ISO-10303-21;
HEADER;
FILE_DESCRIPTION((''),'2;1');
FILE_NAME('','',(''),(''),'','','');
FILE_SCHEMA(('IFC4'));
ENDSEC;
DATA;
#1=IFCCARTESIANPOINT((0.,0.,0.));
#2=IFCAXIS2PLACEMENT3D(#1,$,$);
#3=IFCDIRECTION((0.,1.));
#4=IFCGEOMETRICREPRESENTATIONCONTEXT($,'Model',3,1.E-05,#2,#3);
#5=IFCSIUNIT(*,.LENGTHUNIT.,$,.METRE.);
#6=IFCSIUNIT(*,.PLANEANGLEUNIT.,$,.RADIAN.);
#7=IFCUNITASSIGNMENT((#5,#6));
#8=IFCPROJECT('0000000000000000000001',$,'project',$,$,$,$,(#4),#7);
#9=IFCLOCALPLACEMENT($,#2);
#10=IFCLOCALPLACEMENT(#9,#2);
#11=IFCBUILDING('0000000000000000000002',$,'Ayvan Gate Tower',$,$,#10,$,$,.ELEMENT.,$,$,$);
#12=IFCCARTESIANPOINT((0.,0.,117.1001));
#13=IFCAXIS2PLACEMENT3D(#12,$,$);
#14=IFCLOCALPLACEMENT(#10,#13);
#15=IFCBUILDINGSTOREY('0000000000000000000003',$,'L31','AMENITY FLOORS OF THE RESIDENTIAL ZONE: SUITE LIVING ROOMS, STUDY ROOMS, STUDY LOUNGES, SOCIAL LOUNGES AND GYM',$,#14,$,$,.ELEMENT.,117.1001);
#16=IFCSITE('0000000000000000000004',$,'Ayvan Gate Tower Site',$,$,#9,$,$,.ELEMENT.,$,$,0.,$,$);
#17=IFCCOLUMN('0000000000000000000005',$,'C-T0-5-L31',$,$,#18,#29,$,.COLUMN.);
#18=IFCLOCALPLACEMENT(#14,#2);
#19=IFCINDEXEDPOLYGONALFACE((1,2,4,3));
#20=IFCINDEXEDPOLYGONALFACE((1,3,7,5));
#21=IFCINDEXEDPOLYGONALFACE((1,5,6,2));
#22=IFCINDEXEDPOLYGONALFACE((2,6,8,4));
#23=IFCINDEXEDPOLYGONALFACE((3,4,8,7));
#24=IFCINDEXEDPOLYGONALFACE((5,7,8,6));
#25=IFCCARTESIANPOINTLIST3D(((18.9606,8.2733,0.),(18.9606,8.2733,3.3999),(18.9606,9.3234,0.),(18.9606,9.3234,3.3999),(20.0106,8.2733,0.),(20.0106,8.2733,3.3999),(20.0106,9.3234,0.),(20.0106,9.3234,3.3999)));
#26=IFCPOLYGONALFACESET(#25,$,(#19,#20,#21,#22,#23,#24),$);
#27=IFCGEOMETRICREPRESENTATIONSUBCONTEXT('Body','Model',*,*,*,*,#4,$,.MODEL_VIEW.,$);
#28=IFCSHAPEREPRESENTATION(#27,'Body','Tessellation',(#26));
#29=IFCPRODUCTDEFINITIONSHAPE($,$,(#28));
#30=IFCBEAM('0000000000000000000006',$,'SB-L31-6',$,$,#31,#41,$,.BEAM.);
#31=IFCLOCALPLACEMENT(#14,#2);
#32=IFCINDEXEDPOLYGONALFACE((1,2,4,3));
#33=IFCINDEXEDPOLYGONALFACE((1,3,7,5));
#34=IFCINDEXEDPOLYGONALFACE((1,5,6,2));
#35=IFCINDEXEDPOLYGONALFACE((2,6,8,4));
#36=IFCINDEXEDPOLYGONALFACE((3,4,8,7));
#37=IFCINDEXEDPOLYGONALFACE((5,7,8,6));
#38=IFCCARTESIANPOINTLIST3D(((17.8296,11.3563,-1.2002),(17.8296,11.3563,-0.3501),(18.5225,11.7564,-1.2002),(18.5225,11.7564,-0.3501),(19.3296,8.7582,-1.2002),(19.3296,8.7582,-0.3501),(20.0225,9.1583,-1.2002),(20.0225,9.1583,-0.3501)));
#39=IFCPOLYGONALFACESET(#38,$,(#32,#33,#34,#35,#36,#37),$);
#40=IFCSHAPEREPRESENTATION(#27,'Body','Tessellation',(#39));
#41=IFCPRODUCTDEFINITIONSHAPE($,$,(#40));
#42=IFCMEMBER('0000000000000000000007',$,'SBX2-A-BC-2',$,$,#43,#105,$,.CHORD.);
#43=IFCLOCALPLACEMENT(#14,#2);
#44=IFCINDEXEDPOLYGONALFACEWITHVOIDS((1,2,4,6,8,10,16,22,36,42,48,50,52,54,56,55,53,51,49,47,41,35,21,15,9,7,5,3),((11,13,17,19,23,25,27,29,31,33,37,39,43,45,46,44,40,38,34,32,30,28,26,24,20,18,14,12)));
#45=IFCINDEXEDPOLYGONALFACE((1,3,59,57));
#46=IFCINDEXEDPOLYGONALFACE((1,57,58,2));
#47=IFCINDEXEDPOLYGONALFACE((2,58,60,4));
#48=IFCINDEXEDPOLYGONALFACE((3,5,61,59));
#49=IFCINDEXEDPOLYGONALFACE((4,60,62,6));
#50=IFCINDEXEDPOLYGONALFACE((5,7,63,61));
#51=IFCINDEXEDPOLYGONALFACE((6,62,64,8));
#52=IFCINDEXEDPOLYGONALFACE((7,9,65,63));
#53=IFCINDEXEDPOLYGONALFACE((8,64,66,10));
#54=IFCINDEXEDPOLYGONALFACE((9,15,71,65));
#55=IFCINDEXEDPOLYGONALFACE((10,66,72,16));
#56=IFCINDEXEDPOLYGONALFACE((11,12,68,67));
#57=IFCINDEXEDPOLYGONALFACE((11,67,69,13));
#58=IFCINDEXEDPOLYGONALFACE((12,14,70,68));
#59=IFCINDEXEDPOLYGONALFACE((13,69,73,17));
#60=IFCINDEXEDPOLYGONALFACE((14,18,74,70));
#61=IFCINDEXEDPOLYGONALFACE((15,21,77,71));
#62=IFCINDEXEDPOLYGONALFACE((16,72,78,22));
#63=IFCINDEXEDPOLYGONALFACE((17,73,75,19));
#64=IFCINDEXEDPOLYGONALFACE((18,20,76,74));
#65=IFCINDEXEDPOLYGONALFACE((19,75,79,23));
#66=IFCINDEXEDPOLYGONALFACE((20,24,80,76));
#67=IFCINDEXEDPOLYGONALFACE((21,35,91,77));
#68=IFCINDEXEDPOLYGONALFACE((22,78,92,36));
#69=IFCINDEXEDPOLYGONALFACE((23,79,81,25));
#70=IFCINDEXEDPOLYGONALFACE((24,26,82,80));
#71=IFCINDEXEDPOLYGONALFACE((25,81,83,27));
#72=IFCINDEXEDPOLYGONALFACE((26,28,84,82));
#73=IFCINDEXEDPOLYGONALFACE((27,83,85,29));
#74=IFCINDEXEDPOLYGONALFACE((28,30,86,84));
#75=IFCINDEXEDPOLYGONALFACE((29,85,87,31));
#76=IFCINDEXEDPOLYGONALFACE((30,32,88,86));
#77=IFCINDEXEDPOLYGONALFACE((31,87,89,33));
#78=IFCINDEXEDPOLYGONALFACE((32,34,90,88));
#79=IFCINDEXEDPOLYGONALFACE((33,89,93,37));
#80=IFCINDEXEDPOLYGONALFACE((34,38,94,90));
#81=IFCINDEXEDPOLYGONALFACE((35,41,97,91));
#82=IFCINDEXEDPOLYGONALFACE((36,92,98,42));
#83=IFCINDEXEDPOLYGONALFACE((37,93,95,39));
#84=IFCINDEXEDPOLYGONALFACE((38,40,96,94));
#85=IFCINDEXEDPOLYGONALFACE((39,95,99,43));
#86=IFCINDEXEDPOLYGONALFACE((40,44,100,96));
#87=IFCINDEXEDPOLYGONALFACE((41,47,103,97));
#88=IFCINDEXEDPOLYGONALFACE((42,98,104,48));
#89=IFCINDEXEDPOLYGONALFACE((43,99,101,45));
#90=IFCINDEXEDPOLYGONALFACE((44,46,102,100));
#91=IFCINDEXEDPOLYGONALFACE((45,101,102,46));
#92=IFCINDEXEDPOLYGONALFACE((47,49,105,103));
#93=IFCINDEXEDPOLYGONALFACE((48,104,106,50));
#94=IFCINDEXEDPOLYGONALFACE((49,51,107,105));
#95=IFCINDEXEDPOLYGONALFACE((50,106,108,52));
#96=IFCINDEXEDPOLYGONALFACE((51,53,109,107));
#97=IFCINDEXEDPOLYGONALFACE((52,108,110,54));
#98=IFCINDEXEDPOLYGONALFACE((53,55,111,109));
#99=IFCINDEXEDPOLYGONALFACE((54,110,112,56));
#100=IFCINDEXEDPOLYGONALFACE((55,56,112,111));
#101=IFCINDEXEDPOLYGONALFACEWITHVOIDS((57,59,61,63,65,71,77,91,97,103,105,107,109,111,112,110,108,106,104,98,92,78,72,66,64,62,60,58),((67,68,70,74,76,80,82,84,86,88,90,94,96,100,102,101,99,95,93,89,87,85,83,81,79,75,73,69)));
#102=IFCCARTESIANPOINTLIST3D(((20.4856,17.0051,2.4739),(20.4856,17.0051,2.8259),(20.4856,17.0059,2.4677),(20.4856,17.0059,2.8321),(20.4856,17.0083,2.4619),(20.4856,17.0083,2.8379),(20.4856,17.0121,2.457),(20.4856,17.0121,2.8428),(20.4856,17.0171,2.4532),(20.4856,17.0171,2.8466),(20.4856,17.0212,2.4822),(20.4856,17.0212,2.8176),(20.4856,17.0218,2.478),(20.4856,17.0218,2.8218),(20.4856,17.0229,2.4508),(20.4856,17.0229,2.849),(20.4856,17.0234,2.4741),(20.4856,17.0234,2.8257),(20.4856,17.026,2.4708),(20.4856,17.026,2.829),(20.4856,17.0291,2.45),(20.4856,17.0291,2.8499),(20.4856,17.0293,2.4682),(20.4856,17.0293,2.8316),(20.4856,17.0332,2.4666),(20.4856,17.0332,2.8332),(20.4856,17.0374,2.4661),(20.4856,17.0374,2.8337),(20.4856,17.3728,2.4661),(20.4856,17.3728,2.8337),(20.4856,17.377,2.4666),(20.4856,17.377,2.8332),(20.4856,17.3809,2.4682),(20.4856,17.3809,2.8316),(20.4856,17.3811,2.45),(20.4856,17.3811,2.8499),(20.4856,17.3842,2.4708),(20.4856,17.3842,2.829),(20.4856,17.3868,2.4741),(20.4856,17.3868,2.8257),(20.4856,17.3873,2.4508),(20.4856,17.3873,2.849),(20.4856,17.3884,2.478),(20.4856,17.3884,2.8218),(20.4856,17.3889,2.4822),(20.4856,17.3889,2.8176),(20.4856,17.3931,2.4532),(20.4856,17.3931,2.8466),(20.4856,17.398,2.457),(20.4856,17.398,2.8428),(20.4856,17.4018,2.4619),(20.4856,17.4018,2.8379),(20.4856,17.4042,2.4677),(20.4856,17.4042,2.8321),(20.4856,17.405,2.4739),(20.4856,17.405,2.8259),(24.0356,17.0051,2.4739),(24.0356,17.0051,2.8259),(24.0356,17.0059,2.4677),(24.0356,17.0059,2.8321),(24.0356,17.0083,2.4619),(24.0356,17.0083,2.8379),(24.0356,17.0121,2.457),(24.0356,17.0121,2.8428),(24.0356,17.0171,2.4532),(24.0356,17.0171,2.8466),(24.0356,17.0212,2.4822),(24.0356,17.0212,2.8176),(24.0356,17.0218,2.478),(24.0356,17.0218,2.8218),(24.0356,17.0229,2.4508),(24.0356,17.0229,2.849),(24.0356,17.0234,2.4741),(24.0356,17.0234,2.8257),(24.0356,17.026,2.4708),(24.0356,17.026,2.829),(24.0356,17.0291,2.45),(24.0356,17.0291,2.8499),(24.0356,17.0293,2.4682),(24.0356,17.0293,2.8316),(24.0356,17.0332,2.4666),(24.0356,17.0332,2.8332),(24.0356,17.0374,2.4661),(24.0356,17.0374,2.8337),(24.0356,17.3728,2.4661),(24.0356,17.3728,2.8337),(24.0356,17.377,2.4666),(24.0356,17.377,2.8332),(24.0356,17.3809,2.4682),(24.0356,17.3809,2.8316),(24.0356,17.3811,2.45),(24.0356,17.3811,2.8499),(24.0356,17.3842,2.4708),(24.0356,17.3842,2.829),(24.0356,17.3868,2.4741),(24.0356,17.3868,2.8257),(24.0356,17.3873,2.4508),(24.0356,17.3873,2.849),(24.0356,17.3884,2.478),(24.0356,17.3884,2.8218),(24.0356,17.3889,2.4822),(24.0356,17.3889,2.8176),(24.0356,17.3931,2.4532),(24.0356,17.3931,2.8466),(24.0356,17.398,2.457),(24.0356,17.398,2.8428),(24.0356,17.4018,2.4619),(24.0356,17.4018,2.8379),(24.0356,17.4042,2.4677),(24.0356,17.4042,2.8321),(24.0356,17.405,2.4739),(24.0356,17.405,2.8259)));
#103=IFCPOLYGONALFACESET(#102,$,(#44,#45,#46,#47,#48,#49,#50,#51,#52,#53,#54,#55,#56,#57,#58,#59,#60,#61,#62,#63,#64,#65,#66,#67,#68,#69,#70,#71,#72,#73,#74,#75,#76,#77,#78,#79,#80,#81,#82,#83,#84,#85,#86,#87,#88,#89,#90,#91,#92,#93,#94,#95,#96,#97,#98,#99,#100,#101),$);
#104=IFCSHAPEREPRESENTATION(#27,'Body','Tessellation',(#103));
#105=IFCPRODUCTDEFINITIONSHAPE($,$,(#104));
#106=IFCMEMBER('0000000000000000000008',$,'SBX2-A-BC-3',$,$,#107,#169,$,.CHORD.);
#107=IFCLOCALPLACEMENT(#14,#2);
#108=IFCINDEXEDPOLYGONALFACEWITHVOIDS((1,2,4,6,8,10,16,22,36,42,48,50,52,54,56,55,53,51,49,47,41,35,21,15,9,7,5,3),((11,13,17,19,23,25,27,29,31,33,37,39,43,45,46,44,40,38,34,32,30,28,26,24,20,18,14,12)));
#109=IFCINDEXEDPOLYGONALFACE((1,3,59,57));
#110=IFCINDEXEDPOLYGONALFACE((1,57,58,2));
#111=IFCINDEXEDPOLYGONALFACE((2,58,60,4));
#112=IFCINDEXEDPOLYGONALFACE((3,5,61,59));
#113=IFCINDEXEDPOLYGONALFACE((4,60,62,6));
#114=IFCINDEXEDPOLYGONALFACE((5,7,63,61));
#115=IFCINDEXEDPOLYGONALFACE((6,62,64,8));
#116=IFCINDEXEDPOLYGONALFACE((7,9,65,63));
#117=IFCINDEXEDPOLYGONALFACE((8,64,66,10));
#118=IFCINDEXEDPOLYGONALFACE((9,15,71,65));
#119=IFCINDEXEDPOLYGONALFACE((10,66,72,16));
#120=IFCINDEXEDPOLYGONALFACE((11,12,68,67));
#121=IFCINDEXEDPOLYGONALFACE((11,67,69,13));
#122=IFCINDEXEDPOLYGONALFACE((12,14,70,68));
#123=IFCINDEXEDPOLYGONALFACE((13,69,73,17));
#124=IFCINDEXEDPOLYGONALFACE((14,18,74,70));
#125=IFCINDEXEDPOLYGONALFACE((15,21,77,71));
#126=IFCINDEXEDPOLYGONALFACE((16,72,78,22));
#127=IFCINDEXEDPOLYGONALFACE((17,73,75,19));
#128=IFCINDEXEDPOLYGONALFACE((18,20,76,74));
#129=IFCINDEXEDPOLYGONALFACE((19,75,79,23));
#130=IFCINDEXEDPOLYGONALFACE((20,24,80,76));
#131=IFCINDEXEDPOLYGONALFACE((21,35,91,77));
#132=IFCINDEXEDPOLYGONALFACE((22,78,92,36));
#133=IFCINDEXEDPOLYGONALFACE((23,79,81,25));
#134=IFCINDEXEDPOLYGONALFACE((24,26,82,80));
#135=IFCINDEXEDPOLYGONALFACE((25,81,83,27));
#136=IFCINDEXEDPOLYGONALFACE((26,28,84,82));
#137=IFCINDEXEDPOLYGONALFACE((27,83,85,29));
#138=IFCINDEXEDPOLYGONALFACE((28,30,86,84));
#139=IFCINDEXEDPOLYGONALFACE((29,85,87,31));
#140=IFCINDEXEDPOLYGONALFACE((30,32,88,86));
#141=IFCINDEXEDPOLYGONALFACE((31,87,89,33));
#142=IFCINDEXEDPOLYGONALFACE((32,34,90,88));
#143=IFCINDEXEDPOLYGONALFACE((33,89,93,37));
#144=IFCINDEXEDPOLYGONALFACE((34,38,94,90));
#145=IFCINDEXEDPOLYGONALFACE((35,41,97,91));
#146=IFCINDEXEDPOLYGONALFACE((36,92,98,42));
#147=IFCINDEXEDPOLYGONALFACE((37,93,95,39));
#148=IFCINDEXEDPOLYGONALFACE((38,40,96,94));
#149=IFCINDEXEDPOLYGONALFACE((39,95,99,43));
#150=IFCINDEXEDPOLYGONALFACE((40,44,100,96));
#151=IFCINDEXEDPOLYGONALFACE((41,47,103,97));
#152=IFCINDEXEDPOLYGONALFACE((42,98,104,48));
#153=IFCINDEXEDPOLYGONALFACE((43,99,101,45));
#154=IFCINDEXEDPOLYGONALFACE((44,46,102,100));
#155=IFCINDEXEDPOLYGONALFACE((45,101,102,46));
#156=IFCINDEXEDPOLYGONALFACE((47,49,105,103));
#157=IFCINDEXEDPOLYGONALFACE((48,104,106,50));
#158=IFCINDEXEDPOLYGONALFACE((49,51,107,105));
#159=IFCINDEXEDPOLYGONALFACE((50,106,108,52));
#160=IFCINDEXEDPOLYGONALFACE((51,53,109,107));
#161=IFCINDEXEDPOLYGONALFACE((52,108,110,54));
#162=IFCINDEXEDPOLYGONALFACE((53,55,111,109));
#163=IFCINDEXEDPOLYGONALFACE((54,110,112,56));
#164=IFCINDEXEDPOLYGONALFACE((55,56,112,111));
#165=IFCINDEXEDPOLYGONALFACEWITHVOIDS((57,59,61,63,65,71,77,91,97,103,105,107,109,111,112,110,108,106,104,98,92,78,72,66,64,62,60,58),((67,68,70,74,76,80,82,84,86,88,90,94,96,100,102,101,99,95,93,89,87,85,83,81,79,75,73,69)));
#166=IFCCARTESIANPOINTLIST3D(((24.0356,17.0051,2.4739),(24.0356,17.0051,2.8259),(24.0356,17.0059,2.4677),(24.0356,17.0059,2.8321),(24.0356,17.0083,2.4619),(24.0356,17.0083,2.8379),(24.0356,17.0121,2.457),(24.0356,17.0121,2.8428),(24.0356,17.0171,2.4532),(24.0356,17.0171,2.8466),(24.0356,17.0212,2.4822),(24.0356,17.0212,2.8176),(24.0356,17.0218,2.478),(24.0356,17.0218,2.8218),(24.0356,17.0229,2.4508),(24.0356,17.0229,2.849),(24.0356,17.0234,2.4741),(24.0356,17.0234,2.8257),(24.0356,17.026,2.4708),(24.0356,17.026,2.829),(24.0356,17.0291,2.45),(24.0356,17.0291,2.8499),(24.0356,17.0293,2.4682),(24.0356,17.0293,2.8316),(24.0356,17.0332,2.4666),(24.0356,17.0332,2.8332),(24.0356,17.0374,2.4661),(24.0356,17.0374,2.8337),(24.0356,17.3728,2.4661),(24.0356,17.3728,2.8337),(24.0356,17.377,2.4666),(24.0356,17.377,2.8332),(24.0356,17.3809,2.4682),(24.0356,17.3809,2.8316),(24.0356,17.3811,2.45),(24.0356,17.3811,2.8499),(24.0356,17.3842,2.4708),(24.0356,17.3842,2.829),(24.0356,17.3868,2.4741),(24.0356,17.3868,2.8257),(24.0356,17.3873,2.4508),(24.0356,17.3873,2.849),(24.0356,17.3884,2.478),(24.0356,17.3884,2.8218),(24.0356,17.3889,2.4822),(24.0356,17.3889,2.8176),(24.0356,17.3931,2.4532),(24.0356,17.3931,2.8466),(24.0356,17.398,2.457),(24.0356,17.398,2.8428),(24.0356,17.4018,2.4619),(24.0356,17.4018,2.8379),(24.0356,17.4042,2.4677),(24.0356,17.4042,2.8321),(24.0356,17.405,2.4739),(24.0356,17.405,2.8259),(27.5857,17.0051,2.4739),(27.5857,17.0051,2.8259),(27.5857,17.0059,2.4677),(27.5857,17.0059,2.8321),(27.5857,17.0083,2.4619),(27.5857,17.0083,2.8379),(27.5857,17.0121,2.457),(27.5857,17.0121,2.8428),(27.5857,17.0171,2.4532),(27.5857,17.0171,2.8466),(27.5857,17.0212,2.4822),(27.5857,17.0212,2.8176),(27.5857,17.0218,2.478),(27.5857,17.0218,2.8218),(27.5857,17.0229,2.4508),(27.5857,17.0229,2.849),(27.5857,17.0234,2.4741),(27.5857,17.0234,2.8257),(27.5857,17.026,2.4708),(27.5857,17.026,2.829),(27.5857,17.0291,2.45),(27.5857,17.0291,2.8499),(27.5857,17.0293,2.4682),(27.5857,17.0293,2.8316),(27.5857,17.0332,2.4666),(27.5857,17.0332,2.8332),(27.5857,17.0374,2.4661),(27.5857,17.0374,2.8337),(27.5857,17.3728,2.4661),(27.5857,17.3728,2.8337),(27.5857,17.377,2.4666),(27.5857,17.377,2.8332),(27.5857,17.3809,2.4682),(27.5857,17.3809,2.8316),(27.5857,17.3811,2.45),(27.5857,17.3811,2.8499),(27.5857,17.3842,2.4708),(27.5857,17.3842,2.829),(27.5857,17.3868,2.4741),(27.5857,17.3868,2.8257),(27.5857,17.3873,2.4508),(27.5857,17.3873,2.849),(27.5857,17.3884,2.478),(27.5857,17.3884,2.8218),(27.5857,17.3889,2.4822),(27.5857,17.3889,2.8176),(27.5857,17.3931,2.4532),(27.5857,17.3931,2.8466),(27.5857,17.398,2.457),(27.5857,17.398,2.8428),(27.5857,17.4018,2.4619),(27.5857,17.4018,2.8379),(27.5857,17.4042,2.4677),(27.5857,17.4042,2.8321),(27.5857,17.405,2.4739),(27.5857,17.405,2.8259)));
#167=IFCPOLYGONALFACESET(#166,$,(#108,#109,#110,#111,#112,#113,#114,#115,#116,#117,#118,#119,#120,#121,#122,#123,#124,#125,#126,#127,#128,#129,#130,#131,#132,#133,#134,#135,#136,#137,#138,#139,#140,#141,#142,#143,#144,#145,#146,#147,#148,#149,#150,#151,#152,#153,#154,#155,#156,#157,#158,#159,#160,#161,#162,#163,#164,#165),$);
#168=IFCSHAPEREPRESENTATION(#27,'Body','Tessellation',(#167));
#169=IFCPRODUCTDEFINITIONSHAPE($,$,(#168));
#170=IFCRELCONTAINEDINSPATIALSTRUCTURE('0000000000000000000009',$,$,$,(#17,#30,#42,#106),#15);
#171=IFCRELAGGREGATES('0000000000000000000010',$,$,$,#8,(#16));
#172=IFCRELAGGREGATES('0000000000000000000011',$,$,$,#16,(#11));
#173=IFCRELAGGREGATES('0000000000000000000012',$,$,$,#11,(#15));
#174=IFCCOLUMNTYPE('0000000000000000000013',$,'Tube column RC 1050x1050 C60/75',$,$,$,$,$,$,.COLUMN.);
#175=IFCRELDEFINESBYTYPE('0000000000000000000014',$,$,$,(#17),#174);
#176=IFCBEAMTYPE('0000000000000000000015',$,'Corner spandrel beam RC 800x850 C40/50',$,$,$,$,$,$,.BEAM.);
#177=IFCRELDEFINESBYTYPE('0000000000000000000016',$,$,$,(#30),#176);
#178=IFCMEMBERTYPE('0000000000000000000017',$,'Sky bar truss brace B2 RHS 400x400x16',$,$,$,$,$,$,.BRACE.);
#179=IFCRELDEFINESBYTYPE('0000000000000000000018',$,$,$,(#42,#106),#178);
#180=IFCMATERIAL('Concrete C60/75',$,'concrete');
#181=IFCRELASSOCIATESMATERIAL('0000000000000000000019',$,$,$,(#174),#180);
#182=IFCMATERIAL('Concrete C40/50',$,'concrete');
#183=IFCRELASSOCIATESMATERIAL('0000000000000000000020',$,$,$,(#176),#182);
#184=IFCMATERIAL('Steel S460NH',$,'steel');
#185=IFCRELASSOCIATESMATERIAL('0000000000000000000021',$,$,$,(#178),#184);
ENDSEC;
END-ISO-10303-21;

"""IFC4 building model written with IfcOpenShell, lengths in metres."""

from ifc_helpers import new_model, si_unit, direction, frame, origin, origin_2d, place, context, subcontext, project, spatial, rectangle, hollow_rectangle, extrude, material, material_profile, profile_set, type_object, element, save


model = new_model("IFC4")

# Units and contexts
model_context = context("Model", 3, precision=1e-05, world=origin(), true_north=direction((0.0, 1.0)))
body_context = subcontext(model_context, "Body", "Model", "MODEL_VIEW")
ifc_project = project(units=[si_unit("LENGTHUNIT", "METRE"), si_unit("PLANEANGLEUNIT", "RADIAN")], contexts=[model_context])

# Site, building, storey
site_placement = place(None, origin())
site = spatial("IfcSite", under=ifc_project, at=site_placement, Name="Ayvan Gate Tower Site", CompositionType="ELEMENT", RefElevation=0.0)
building_placement = place(site_placement, origin())
building = spatial("IfcBuilding", under=site, at=building_placement, Name="Ayvan Gate Tower", CompositionType="ELEMENT")
storey_placement = place(building_placement, frame((0.0, 0.0, 117.1001)))
storey = spatial("IfcBuildingStorey", under=building, at=storey_placement, Name="L31", Description="AMENITY FLOORS OF THE RESIDENTIAL ZONE: SUITE LIVING ROOMS, STUDY ROOMS, STUDY LOUNGES, SOCIAL LOUNGES AND GYM", CompositionType="ELEMENT", Elevation=117.1001)

# Column
ifc_material_1 = material(Name="Concrete C60/75", Category="concrete")
ifc_material_profile_1 = material_profile(ifc_material_1, rectangle(XDim=1.05, YDim=1.05, at=origin_2d()), Name="RC 1050x1050")
ifc_profile_set_1 = profile_set([ifc_material_profile_1], Name="Concrete C60/75")
column_type = type_object("IfcColumnType", Name="Tube column RC 1050x1050 C60/75", PredefinedType="COLUMN", material=ifc_profile_set_1)
column_placement = place(storey_placement, frame((19.4856, 8.7983, 0.0), z_axis=(0.0, 0.0, 1.0), x_axis=(1.0, 0.0, 0.0)))
element("IfcColumn", 1, at=column_placement, inside=storey, type_object=column_type, Name="C-T0-5-L31", PredefinedType="COLUMN", context=body_context, shape_type="SweptSolid", body=[
    extrude(rectangle(XDim=1.05, YDim=1.05, at=origin_2d()), origin(), (0.0, 0.0, 1.0), 3.3999),
])

# Beam
ifc_material_2 = material(Name="Concrete C40/50", Category="concrete")
ifc_material_profile_2 = material_profile(ifc_material_2, rectangle(XDim=0.8, YDim=0.8501, at=origin_2d()), Name="RC 800x850")
ifc_profile_set_2 = profile_set([ifc_material_profile_2], Name="Concrete C40/50")
beam_type = type_object("IfcBeamType", Name="Corner spandrel beam RC 800x850 C40/50", PredefinedType="BEAM", material=ifc_profile_set_2)
beam_placement = place(storey_placement, frame((19.676, 8.9583, -0.7751), z_axis=(-0.49999, 0.866031, 0.0), x_axis=(-0.866031, -0.49999, 0.0)))
element("IfcBeam", 2, at=beam_placement, inside=storey, type_object=beam_type, Name="SB-L31-6", PredefinedType="BEAM", context=body_context, shape_type="SweptSolid", body=[
    extrude(rectangle(XDim=0.8, YDim=0.8501, at=origin_2d()), origin(), (0.0, 0.0, 1.0), 3.0),
])

# Members
ifc_material_3 = material(Name="Steel S460NH", Category="steel")
ifc_material_profile_3 = material_profile(ifc_material_3, hollow_rectangle(XDim=0.3999, YDim=0.3999, WallThickness=0.0161, InnerFilletRadius=0.0161, OuterFilletRadius=0.0239, at=origin_2d()), Name="RHS 400x400x16")
ifc_profile_set_3 = profile_set([ifc_material_profile_3], Name="Steel S460NH")
member_type_1 = type_object("IfcMemberType", Name="Sky bar truss brace B2 RHS 400x400x16", PredefinedType="BRACE", material=ifc_profile_set_3)
for number, where, z_axis, x_axis, name in (
    (3, (20.4856, 17.2051, 2.6499), (1.0, 0.0, 0.0), (0.0, 1.0, 0.0), "SBX2-A-BC-2"),
    (4, (24.0356, 17.2051, 2.6499), (1.0, 0.0, 0.0), (0.0, 1.0, 0.0), "SBX2-A-BC-3"),
):
    element("IfcMember", number, at=place(storey_placement, frame(where, z_axis=z_axis, x_axis=x_axis)), inside=storey, type_object=member_type_1, Name=name, PredefinedType="CHORD", context=body_context, shape_type="SweptSolid", body=[
        extrude(hollow_rectangle(XDim=0.3999, YDim=0.3999, WallThickness=0.0161, InnerFilletRadius=0.0161, OuterFilletRadius=0.0239, at=origin_2d()), origin(), (0.0, 0.0, 1.0), 3.55),
    ])

save(model, "model.ifc")
